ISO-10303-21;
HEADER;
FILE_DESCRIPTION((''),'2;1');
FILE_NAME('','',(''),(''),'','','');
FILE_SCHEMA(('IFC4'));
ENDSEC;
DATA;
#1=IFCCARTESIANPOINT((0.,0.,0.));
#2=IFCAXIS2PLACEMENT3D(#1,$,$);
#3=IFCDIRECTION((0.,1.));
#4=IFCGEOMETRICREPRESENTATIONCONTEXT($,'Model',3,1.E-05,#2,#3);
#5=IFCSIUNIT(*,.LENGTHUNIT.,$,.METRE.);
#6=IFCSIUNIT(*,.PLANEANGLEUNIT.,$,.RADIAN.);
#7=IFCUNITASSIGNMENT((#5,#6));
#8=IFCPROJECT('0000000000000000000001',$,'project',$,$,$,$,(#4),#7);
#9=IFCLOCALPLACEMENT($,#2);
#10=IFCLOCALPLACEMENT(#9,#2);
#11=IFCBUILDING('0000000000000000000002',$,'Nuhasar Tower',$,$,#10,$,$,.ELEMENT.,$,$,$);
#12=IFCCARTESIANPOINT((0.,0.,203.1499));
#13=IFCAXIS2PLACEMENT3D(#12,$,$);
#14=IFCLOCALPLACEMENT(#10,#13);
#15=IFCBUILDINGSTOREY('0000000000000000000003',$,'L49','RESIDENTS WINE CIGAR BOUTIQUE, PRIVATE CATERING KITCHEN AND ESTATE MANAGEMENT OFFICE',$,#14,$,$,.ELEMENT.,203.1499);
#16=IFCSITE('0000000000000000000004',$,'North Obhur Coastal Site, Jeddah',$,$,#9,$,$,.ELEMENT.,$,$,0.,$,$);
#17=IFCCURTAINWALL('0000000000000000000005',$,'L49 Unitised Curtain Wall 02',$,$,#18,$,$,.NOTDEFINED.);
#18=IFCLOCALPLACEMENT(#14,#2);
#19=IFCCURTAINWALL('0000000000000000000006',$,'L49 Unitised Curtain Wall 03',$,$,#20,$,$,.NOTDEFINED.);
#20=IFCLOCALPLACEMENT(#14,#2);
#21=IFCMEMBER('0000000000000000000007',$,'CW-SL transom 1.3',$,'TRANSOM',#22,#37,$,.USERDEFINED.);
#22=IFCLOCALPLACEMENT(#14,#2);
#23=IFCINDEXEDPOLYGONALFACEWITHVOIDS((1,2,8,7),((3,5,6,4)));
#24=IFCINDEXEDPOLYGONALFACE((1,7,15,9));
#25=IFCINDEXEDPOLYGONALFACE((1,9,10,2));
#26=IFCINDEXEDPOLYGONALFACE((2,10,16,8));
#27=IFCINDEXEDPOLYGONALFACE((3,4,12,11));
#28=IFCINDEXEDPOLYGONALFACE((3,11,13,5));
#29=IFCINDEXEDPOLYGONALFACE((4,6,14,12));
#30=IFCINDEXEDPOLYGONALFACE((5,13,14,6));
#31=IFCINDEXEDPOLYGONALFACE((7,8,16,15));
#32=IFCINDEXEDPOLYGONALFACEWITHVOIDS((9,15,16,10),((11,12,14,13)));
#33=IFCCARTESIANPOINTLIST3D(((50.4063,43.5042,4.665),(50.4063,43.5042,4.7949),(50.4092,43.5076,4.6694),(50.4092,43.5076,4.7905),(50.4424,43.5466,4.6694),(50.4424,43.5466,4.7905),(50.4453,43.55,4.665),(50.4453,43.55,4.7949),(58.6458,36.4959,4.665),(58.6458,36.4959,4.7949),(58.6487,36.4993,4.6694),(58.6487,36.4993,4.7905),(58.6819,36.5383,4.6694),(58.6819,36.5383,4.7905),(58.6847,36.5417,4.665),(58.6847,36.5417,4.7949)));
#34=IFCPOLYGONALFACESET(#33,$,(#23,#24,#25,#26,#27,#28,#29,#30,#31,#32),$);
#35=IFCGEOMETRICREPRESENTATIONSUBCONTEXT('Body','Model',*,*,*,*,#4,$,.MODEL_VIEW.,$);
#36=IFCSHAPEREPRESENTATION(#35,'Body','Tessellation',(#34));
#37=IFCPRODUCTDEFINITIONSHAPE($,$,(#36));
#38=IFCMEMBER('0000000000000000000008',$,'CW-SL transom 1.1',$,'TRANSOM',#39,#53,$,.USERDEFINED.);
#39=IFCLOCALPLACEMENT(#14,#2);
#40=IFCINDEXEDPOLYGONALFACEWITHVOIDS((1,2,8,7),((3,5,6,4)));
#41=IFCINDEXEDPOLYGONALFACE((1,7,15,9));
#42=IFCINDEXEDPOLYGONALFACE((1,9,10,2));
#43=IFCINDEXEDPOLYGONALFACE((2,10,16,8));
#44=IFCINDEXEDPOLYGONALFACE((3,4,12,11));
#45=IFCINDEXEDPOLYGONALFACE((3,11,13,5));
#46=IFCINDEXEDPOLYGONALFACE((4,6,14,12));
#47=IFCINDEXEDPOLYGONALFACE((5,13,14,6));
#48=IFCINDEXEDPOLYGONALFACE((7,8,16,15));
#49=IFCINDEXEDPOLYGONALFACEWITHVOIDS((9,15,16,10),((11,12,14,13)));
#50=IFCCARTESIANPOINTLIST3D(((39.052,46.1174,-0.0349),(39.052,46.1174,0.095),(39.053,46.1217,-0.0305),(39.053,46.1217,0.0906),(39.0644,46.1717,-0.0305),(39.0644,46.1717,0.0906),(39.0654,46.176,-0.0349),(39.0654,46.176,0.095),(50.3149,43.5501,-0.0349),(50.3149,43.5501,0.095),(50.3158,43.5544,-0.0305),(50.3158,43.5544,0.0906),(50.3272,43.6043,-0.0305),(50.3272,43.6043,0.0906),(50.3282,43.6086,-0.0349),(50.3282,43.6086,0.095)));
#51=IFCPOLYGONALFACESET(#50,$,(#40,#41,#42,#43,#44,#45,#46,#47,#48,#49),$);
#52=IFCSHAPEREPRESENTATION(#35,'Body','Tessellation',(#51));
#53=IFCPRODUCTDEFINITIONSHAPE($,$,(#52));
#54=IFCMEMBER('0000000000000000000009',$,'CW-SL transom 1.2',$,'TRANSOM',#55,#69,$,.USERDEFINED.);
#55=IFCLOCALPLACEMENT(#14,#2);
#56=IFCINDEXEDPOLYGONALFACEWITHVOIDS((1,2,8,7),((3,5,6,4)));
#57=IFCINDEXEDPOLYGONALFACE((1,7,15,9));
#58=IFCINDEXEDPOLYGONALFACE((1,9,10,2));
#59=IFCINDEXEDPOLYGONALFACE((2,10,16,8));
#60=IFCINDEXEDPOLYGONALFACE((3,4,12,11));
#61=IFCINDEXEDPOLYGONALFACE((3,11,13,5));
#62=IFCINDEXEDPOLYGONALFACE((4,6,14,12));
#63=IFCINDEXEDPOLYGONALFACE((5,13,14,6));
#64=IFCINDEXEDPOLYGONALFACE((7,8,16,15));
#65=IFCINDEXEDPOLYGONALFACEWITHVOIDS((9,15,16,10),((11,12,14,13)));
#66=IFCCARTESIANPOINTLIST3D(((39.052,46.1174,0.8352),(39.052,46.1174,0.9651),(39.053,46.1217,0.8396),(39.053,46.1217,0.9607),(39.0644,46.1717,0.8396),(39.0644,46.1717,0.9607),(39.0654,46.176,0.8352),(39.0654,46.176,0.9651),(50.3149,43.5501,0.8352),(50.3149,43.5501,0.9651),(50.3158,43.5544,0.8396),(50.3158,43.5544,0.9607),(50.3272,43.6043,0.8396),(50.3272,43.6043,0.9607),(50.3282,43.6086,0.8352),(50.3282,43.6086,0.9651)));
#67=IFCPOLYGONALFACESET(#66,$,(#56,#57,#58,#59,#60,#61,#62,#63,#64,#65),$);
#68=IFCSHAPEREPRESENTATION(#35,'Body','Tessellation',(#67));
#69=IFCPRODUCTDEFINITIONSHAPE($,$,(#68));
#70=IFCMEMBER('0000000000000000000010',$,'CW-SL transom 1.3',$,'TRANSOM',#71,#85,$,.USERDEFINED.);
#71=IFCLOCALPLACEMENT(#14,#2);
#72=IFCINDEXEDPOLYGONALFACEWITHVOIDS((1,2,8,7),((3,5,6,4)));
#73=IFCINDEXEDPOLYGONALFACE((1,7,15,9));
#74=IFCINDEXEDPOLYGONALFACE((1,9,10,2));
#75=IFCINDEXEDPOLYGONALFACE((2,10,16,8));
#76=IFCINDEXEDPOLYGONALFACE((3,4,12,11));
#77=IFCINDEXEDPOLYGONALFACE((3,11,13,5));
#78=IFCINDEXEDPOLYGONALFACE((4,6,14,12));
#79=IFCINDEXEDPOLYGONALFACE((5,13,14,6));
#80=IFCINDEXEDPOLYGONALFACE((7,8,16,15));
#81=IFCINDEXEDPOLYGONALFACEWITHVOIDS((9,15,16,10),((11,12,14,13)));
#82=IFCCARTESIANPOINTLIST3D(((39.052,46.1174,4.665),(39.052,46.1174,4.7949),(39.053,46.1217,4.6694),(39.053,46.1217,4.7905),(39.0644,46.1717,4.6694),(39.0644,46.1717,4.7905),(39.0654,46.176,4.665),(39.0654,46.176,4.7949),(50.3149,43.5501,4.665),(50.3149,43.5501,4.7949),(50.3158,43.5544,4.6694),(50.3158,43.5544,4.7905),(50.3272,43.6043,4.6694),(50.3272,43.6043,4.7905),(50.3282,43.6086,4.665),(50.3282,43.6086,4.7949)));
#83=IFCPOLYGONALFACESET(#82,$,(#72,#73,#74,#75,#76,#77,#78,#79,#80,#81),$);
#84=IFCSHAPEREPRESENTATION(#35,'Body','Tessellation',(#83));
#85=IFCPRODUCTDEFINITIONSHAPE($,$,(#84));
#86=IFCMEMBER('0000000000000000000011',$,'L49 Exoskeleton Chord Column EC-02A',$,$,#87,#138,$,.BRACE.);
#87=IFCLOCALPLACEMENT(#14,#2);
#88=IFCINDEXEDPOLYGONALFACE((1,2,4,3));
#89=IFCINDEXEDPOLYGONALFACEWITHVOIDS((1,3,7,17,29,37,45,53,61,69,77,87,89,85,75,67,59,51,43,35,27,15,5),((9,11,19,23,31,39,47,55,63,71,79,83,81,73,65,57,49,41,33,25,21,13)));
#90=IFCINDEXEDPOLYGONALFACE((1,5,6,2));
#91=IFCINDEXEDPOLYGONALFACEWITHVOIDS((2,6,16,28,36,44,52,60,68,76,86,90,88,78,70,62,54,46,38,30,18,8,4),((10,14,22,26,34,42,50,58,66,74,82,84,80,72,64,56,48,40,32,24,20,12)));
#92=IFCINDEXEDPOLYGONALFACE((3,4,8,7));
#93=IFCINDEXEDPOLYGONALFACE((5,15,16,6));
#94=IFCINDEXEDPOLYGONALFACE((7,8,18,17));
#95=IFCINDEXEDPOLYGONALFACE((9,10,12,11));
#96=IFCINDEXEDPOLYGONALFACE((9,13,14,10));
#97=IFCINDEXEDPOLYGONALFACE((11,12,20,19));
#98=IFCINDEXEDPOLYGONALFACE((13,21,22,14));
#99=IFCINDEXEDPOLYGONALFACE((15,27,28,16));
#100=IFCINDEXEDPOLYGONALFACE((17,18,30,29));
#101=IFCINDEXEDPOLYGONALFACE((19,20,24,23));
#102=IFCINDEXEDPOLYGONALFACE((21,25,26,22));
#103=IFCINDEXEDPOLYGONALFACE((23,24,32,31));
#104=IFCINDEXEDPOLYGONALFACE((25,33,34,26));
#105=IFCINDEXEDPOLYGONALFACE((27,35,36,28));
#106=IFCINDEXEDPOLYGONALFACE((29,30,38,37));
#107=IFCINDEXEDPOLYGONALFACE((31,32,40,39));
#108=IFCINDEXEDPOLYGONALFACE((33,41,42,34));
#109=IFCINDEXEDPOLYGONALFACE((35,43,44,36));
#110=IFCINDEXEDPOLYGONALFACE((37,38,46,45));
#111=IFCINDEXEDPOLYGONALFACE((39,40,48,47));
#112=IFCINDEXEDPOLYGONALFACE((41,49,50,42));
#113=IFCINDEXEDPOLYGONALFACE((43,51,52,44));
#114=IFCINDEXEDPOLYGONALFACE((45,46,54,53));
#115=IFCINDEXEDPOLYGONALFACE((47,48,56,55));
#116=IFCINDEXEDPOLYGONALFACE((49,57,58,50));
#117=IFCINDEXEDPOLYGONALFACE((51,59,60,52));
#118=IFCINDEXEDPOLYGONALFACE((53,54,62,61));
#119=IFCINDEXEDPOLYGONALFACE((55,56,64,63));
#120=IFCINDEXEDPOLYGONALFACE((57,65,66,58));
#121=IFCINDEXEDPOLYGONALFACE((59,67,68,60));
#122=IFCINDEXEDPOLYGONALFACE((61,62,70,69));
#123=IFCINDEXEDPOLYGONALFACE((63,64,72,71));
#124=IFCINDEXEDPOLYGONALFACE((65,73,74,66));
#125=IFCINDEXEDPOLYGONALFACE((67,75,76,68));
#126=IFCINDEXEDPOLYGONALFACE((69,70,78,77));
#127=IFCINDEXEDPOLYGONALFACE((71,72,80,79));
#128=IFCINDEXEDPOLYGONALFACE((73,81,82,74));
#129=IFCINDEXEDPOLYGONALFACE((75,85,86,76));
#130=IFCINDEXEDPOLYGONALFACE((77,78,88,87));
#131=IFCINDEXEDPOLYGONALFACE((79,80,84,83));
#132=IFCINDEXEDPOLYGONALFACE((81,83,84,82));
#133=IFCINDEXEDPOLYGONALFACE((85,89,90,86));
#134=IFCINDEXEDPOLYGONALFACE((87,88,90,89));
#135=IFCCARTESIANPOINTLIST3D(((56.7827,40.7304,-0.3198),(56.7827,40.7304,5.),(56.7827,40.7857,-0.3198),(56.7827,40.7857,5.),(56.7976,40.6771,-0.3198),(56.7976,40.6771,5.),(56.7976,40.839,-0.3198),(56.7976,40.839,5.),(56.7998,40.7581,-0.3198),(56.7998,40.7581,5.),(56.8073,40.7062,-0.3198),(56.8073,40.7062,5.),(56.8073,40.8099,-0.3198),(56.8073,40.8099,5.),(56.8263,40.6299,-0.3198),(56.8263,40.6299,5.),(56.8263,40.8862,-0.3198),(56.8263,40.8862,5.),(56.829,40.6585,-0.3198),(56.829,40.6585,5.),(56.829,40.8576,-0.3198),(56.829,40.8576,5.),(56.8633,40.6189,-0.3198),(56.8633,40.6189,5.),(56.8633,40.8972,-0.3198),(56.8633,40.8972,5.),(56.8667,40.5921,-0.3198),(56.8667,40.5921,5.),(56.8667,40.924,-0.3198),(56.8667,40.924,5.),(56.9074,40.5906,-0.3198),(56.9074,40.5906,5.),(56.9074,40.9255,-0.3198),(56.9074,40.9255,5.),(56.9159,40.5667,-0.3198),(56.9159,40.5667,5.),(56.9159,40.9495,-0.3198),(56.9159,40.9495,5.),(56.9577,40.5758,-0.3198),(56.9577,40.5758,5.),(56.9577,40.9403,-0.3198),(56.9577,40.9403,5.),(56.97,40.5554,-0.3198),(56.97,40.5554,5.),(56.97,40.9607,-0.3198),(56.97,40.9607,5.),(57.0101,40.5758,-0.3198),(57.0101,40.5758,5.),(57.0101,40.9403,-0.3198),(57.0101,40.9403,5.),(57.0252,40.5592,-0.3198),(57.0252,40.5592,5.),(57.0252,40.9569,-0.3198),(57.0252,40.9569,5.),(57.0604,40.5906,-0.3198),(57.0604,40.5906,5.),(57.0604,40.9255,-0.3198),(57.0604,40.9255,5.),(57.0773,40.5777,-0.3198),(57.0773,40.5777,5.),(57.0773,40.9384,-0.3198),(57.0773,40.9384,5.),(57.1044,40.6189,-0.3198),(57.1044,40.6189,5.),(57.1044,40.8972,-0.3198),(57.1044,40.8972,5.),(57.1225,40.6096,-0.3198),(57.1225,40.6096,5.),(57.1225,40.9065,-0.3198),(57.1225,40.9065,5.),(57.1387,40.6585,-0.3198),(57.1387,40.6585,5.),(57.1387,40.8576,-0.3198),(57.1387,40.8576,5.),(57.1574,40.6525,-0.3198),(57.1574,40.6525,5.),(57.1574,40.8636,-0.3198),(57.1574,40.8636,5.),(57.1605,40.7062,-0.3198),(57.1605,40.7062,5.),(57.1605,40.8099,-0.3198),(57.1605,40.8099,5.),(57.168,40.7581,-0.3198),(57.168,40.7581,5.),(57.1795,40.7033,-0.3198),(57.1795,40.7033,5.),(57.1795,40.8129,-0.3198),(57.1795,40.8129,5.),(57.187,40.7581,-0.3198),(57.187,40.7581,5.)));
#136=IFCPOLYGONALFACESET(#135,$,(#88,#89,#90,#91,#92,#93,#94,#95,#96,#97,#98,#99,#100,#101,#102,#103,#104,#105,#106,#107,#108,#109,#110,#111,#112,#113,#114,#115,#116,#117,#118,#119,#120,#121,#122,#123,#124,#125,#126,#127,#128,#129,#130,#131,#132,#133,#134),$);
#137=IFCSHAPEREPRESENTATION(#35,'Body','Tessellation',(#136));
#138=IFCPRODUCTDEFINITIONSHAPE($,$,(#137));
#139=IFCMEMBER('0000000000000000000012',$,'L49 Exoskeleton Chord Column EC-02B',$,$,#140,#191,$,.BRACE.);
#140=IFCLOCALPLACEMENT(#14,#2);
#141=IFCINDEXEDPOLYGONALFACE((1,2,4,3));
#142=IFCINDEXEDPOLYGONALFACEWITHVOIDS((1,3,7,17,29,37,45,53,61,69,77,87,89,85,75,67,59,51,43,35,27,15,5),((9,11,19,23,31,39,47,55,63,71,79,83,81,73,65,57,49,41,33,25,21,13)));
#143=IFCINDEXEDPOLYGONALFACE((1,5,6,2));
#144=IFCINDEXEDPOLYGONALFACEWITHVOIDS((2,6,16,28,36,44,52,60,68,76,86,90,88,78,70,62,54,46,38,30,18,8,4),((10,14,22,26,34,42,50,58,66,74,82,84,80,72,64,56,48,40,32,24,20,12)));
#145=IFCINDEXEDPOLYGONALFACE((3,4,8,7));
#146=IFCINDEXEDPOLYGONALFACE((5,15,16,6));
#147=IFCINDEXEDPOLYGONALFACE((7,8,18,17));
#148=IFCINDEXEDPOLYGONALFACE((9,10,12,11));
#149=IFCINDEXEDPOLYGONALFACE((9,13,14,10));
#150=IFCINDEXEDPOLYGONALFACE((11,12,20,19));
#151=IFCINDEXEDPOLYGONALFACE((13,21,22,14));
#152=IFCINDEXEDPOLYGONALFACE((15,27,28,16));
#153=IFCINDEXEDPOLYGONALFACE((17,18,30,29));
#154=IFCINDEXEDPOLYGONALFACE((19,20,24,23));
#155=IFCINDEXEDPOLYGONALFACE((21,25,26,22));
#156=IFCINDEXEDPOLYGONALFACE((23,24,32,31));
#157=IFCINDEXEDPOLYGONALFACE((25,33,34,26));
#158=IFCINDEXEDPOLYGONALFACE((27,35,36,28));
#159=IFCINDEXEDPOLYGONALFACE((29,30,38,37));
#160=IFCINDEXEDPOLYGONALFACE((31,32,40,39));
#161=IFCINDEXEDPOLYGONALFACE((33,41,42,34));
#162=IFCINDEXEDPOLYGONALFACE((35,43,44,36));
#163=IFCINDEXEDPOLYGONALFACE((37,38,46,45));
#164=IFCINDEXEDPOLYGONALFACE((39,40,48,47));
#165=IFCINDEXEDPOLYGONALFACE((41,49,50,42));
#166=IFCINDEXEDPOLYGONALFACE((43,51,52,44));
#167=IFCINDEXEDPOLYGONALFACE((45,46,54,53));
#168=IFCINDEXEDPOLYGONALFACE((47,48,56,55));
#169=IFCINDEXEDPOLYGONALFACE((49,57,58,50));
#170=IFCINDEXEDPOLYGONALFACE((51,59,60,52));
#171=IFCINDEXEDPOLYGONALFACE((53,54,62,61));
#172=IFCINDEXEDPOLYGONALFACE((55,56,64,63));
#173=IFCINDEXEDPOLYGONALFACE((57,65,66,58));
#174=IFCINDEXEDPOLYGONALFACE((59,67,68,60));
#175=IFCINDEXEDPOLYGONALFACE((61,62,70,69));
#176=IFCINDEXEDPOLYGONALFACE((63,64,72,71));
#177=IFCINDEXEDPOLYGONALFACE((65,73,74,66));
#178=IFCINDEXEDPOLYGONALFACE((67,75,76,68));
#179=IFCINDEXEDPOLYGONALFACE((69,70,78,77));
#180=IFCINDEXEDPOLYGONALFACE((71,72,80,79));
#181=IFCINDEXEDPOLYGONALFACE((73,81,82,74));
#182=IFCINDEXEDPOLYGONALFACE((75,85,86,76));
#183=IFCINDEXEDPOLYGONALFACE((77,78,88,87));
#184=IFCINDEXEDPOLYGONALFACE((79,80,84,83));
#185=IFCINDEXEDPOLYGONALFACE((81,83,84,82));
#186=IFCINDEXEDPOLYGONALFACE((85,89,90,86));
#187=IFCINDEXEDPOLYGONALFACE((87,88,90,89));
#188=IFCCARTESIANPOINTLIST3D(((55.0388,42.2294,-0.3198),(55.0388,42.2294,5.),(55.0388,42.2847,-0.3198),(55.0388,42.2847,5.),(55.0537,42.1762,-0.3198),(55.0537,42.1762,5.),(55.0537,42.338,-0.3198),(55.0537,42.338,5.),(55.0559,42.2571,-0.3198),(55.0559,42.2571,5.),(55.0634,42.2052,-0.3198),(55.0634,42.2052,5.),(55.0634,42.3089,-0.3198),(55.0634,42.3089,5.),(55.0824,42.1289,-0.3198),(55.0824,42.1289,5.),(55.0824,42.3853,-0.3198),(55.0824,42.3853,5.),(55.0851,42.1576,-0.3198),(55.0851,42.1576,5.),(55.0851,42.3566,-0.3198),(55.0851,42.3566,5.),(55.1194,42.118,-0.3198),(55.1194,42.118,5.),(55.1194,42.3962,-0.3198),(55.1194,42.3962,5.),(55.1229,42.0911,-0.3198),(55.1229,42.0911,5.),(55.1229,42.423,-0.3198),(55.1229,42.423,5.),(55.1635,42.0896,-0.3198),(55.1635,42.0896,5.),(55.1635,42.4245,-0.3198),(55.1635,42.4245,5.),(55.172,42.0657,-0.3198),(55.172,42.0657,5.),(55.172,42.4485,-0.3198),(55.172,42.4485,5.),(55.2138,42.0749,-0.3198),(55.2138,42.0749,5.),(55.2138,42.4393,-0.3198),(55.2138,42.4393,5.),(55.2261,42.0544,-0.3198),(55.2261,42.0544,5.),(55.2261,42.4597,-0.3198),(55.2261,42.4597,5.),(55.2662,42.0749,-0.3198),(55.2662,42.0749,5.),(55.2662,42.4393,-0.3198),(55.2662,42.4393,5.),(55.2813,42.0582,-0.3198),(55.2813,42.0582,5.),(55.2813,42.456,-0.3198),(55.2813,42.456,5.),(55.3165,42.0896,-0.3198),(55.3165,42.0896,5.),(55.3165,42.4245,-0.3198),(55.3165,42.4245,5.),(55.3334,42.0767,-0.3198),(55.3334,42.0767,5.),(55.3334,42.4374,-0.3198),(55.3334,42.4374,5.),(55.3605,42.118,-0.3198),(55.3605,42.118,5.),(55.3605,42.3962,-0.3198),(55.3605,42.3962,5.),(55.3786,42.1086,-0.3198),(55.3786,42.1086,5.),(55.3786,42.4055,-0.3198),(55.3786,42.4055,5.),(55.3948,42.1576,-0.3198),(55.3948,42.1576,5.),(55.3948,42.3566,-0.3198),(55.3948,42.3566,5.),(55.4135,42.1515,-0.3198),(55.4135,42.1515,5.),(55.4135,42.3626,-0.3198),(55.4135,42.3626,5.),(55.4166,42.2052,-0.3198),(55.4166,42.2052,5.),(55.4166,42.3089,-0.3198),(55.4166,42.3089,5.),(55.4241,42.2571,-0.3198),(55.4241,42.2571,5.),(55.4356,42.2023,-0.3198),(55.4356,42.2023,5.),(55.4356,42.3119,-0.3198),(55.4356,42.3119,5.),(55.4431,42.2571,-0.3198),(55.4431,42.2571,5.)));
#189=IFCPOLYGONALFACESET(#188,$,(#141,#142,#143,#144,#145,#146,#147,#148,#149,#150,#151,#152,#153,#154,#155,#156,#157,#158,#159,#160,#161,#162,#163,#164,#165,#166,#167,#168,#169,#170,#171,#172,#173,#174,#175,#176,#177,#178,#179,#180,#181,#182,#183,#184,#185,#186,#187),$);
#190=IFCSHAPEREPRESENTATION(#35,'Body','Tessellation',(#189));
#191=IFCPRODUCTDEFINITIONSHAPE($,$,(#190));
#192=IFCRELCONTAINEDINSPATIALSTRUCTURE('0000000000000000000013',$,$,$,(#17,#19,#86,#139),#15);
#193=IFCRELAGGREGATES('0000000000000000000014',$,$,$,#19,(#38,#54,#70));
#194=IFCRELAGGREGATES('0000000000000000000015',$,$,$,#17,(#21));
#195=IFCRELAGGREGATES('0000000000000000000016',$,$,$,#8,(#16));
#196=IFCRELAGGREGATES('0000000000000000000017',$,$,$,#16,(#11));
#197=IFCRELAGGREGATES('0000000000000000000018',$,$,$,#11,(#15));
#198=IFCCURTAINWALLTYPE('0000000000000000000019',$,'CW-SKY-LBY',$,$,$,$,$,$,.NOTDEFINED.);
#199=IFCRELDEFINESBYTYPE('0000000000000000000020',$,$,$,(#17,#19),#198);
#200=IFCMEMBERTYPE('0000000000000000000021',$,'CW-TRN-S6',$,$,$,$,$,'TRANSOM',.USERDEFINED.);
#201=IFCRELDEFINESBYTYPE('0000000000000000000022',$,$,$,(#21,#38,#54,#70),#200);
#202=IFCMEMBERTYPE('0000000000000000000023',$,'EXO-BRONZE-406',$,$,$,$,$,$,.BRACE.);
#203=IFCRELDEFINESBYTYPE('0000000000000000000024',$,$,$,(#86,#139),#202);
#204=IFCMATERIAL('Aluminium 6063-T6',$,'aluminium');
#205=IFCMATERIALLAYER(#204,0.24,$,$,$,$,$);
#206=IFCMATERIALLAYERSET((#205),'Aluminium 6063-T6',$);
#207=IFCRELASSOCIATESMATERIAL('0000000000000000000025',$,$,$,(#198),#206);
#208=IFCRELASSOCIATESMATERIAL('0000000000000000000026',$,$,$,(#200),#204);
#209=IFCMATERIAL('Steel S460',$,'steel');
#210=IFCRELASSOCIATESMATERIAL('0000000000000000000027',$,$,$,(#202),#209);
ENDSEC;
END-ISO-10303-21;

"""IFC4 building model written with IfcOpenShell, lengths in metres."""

from ifc_helpers import new_model, si_unit, direction, frame, origin, origin_2d, place, context, subcontext, project, spatial, hollow_rectangle, hollow_circle, extrude, material, layer, layer_set, material_profile, profile_set, type_object, element, aggregate, save


model = new_model("IFC4")

# Units and contexts
model_context = context("Model", 3, precision=1e-05, world=origin(), true_north=direction((0.0, 1.0)))
body_context = subcontext(model_context, "Body", "Model", "MODEL_VIEW")
ifc_project = project(units=[si_unit("LENGTHUNIT", "METRE"), si_unit("PLANEANGLEUNIT", "RADIAN")], contexts=[model_context])

# Site, building, storey
site_placement = place(None, origin())
site = spatial("IfcSite", under=ifc_project, at=site_placement, Name="North Obhur Coastal Site, Jeddah", CompositionType="ELEMENT", RefElevation=0.0)
building_placement = place(site_placement, origin())
building = spatial("IfcBuilding", under=site, at=building_placement, Name="Nuhasar Tower", CompositionType="ELEMENT")
storey_placement = place(building_placement, frame((0.0, 0.0, 203.1499)))
storey = spatial("IfcBuildingStorey", under=building, at=storey_placement, Name="L49", Description="RESIDENTS WINE CIGAR BOUTIQUE, PRIVATE CATERING KITCHEN AND ESTATE MANAGEMENT OFFICE", CompositionType="ELEMENT", Elevation=203.1499)

# Shared definitions
ifc_material_1 = material(Name="Steel S460", Category="steel")

# Shared definitions
ifc_material_2 = material(Name="Aluminium 6063-T6", Category="aluminium")
ifc_layer_1 = layer(ifc_material_2, 0.24)
ifc_layer_set_1 = layer_set([ifc_layer_1], Name="Aluminium 6063-T6")
curtain_wall_type = type_object("IfcCurtainWallType", Name="CW-SKY-LBY", PredefinedType="NOTDEFINED", material=ifc_layer_set_1)

# Curtain wall
curtain_wall_1_placement = place(storey_placement, origin())
curtain_wall_1 = element("IfcCurtainWall", 1, at=curtain_wall_1_placement, inside=storey, type_object=curtain_wall_type, Name="L49 Unitised Curtain Wall 02", PredefinedType="NOTDEFINED")

# Curtain wall
curtain_wall_2_placement = place(storey_placement, origin())
curtain_wall_2 = element("IfcCurtainWall", 2, at=curtain_wall_2_placement, inside=storey, type_object=curtain_wall_type, Name="L49 Unitised Curtain Wall 03", PredefinedType="NOTDEFINED")

# Members
ifc_material_profile_1 = material_profile(ifc_material_2, hollow_rectangle(XDim=0.0601, YDim=0.1299, WallThickness=0.0044, at=origin_2d()), Name="CWT-6")
ifc_profile_set_1 = profile_set([ifc_material_profile_1], Name="Aluminium 6063-T6")
member_type_1 = type_object("IfcMemberType", Name="CW-TRN-S6", ElementType="TRANSOM", PredefinedType="USERDEFINED", material=ifc_profile_set_1)
member_1_placement = place(storey_placement, frame((58.6653, 36.5188, 4.73), z_axis=(-0.761724, 0.647902, 0.0), x_axis=(-0.647902, -0.761724, 0.0)))
member_1 = element("IfcMember", 3, at=member_1_placement, type_object=member_type_1, Name="CW-SL transom 1.3", ObjectType="TRANSOM", PredefinedType="USERDEFINED", context=body_context, shape_type="SweptSolid", body=[
    extrude(hollow_rectangle(XDim=0.0601, YDim=0.1299, WallThickness=0.0044, at=origin_2d()), origin(), (0.0, 0.0, 1.0), 10.8169),
])
member_2_placement = place(storey_placement, frame((50.3215, 43.5793, 0.03), z_axis=(-0.97499, 0.222249, 0.0), x_axis=(-0.222249, -0.97499, 0.0)))
member_2 = element("IfcMember", 4, at=member_2_placement, type_object=member_type_1, Name="CW-SL transom 1.1", ObjectType="TRANSOM", PredefinedType="USERDEFINED", context=body_context, shape_type="SweptSolid", body=[
    extrude(hollow_rectangle(XDim=0.0601, YDim=0.1299, WallThickness=0.0044, at=origin_2d()), origin(), (0.0, 0.0, 1.0), 11.5518),
])
member_3_placement = place(storey_placement, frame((50.3215, 43.5793, 0.9001), z_axis=(-0.97499, 0.222249, 0.0), x_axis=(-0.222249, -0.97499, 0.0)))
member_3 = element("IfcMember", 5, at=member_3_placement, type_object=member_type_1, Name="CW-SL transom 1.2", ObjectType="TRANSOM", PredefinedType="USERDEFINED", context=body_context, shape_type="SweptSolid", body=[
    extrude(hollow_rectangle(XDim=0.0601, YDim=0.1299, WallThickness=0.0044, at=origin_2d()), origin(), (0.0, 0.0, 1.0), 11.5518),
])
member_4_placement = place(storey_placement, frame((50.3215, 43.5793, 4.73), z_axis=(-0.97499, 0.222249, 0.0), x_axis=(-0.222249, -0.97499, 0.0)))
member_4 = element("IfcMember", 6, at=member_4_placement, type_object=member_type_1, Name="CW-SL transom 1.3", ObjectType="TRANSOM", PredefinedType="USERDEFINED", context=body_context, shape_type="SweptSolid", body=[
    extrude(hollow_rectangle(XDim=0.0601, YDim=0.1299, WallThickness=0.0044, at=origin_2d()), origin(), (0.0, 0.0, 1.0), 11.5518),
])
aggregate(curtain_wall_2, [member_2, member_3, member_4])

# Members
ifc_material_profile_2 = material_profile(ifc_material_1, hollow_circle(Radius=0.2031, WallThickness=0.019, at=origin_2d()), Name="HSS406.4X19.1")
ifc_profile_set_2 = profile_set([ifc_material_profile_2], Name="Steel S460")
member_type_2 = type_object("IfcMemberType", Name="EXO-BRONZE-406", PredefinedType="BRACE", material=ifc_profile_set_2)
for number, where, z_axis, x_axis, name in (
    (7, (56.9839, 40.7581, -0.3198), (0.0, 0.0, 1.0), (1.0, 0.0, 0.0), "L49 Exoskeleton Chord Column EC-02A"),
    (8, (55.24, 42.2571, -0.3198), (0.0, 0.0, 1.0), (1.0, 0.0, 0.0), "L49 Exoskeleton Chord Column EC-02B"),
):
    element("IfcMember", number, at=place(storey_placement, frame(where, z_axis=z_axis, x_axis=x_axis)), inside=storey, type_object=member_type_2, Name=name, PredefinedType="BRACE", context=body_context, shape_type="SweptSolid", body=[
        extrude(hollow_circle(Radius=0.2031, WallThickness=0.019, at=origin_2d()), origin(), (0.0, 0.0, 1.0), 5.3198),
    ])

aggregate(curtain_wall_1, [member_1])

save(model, "model.ifc")
